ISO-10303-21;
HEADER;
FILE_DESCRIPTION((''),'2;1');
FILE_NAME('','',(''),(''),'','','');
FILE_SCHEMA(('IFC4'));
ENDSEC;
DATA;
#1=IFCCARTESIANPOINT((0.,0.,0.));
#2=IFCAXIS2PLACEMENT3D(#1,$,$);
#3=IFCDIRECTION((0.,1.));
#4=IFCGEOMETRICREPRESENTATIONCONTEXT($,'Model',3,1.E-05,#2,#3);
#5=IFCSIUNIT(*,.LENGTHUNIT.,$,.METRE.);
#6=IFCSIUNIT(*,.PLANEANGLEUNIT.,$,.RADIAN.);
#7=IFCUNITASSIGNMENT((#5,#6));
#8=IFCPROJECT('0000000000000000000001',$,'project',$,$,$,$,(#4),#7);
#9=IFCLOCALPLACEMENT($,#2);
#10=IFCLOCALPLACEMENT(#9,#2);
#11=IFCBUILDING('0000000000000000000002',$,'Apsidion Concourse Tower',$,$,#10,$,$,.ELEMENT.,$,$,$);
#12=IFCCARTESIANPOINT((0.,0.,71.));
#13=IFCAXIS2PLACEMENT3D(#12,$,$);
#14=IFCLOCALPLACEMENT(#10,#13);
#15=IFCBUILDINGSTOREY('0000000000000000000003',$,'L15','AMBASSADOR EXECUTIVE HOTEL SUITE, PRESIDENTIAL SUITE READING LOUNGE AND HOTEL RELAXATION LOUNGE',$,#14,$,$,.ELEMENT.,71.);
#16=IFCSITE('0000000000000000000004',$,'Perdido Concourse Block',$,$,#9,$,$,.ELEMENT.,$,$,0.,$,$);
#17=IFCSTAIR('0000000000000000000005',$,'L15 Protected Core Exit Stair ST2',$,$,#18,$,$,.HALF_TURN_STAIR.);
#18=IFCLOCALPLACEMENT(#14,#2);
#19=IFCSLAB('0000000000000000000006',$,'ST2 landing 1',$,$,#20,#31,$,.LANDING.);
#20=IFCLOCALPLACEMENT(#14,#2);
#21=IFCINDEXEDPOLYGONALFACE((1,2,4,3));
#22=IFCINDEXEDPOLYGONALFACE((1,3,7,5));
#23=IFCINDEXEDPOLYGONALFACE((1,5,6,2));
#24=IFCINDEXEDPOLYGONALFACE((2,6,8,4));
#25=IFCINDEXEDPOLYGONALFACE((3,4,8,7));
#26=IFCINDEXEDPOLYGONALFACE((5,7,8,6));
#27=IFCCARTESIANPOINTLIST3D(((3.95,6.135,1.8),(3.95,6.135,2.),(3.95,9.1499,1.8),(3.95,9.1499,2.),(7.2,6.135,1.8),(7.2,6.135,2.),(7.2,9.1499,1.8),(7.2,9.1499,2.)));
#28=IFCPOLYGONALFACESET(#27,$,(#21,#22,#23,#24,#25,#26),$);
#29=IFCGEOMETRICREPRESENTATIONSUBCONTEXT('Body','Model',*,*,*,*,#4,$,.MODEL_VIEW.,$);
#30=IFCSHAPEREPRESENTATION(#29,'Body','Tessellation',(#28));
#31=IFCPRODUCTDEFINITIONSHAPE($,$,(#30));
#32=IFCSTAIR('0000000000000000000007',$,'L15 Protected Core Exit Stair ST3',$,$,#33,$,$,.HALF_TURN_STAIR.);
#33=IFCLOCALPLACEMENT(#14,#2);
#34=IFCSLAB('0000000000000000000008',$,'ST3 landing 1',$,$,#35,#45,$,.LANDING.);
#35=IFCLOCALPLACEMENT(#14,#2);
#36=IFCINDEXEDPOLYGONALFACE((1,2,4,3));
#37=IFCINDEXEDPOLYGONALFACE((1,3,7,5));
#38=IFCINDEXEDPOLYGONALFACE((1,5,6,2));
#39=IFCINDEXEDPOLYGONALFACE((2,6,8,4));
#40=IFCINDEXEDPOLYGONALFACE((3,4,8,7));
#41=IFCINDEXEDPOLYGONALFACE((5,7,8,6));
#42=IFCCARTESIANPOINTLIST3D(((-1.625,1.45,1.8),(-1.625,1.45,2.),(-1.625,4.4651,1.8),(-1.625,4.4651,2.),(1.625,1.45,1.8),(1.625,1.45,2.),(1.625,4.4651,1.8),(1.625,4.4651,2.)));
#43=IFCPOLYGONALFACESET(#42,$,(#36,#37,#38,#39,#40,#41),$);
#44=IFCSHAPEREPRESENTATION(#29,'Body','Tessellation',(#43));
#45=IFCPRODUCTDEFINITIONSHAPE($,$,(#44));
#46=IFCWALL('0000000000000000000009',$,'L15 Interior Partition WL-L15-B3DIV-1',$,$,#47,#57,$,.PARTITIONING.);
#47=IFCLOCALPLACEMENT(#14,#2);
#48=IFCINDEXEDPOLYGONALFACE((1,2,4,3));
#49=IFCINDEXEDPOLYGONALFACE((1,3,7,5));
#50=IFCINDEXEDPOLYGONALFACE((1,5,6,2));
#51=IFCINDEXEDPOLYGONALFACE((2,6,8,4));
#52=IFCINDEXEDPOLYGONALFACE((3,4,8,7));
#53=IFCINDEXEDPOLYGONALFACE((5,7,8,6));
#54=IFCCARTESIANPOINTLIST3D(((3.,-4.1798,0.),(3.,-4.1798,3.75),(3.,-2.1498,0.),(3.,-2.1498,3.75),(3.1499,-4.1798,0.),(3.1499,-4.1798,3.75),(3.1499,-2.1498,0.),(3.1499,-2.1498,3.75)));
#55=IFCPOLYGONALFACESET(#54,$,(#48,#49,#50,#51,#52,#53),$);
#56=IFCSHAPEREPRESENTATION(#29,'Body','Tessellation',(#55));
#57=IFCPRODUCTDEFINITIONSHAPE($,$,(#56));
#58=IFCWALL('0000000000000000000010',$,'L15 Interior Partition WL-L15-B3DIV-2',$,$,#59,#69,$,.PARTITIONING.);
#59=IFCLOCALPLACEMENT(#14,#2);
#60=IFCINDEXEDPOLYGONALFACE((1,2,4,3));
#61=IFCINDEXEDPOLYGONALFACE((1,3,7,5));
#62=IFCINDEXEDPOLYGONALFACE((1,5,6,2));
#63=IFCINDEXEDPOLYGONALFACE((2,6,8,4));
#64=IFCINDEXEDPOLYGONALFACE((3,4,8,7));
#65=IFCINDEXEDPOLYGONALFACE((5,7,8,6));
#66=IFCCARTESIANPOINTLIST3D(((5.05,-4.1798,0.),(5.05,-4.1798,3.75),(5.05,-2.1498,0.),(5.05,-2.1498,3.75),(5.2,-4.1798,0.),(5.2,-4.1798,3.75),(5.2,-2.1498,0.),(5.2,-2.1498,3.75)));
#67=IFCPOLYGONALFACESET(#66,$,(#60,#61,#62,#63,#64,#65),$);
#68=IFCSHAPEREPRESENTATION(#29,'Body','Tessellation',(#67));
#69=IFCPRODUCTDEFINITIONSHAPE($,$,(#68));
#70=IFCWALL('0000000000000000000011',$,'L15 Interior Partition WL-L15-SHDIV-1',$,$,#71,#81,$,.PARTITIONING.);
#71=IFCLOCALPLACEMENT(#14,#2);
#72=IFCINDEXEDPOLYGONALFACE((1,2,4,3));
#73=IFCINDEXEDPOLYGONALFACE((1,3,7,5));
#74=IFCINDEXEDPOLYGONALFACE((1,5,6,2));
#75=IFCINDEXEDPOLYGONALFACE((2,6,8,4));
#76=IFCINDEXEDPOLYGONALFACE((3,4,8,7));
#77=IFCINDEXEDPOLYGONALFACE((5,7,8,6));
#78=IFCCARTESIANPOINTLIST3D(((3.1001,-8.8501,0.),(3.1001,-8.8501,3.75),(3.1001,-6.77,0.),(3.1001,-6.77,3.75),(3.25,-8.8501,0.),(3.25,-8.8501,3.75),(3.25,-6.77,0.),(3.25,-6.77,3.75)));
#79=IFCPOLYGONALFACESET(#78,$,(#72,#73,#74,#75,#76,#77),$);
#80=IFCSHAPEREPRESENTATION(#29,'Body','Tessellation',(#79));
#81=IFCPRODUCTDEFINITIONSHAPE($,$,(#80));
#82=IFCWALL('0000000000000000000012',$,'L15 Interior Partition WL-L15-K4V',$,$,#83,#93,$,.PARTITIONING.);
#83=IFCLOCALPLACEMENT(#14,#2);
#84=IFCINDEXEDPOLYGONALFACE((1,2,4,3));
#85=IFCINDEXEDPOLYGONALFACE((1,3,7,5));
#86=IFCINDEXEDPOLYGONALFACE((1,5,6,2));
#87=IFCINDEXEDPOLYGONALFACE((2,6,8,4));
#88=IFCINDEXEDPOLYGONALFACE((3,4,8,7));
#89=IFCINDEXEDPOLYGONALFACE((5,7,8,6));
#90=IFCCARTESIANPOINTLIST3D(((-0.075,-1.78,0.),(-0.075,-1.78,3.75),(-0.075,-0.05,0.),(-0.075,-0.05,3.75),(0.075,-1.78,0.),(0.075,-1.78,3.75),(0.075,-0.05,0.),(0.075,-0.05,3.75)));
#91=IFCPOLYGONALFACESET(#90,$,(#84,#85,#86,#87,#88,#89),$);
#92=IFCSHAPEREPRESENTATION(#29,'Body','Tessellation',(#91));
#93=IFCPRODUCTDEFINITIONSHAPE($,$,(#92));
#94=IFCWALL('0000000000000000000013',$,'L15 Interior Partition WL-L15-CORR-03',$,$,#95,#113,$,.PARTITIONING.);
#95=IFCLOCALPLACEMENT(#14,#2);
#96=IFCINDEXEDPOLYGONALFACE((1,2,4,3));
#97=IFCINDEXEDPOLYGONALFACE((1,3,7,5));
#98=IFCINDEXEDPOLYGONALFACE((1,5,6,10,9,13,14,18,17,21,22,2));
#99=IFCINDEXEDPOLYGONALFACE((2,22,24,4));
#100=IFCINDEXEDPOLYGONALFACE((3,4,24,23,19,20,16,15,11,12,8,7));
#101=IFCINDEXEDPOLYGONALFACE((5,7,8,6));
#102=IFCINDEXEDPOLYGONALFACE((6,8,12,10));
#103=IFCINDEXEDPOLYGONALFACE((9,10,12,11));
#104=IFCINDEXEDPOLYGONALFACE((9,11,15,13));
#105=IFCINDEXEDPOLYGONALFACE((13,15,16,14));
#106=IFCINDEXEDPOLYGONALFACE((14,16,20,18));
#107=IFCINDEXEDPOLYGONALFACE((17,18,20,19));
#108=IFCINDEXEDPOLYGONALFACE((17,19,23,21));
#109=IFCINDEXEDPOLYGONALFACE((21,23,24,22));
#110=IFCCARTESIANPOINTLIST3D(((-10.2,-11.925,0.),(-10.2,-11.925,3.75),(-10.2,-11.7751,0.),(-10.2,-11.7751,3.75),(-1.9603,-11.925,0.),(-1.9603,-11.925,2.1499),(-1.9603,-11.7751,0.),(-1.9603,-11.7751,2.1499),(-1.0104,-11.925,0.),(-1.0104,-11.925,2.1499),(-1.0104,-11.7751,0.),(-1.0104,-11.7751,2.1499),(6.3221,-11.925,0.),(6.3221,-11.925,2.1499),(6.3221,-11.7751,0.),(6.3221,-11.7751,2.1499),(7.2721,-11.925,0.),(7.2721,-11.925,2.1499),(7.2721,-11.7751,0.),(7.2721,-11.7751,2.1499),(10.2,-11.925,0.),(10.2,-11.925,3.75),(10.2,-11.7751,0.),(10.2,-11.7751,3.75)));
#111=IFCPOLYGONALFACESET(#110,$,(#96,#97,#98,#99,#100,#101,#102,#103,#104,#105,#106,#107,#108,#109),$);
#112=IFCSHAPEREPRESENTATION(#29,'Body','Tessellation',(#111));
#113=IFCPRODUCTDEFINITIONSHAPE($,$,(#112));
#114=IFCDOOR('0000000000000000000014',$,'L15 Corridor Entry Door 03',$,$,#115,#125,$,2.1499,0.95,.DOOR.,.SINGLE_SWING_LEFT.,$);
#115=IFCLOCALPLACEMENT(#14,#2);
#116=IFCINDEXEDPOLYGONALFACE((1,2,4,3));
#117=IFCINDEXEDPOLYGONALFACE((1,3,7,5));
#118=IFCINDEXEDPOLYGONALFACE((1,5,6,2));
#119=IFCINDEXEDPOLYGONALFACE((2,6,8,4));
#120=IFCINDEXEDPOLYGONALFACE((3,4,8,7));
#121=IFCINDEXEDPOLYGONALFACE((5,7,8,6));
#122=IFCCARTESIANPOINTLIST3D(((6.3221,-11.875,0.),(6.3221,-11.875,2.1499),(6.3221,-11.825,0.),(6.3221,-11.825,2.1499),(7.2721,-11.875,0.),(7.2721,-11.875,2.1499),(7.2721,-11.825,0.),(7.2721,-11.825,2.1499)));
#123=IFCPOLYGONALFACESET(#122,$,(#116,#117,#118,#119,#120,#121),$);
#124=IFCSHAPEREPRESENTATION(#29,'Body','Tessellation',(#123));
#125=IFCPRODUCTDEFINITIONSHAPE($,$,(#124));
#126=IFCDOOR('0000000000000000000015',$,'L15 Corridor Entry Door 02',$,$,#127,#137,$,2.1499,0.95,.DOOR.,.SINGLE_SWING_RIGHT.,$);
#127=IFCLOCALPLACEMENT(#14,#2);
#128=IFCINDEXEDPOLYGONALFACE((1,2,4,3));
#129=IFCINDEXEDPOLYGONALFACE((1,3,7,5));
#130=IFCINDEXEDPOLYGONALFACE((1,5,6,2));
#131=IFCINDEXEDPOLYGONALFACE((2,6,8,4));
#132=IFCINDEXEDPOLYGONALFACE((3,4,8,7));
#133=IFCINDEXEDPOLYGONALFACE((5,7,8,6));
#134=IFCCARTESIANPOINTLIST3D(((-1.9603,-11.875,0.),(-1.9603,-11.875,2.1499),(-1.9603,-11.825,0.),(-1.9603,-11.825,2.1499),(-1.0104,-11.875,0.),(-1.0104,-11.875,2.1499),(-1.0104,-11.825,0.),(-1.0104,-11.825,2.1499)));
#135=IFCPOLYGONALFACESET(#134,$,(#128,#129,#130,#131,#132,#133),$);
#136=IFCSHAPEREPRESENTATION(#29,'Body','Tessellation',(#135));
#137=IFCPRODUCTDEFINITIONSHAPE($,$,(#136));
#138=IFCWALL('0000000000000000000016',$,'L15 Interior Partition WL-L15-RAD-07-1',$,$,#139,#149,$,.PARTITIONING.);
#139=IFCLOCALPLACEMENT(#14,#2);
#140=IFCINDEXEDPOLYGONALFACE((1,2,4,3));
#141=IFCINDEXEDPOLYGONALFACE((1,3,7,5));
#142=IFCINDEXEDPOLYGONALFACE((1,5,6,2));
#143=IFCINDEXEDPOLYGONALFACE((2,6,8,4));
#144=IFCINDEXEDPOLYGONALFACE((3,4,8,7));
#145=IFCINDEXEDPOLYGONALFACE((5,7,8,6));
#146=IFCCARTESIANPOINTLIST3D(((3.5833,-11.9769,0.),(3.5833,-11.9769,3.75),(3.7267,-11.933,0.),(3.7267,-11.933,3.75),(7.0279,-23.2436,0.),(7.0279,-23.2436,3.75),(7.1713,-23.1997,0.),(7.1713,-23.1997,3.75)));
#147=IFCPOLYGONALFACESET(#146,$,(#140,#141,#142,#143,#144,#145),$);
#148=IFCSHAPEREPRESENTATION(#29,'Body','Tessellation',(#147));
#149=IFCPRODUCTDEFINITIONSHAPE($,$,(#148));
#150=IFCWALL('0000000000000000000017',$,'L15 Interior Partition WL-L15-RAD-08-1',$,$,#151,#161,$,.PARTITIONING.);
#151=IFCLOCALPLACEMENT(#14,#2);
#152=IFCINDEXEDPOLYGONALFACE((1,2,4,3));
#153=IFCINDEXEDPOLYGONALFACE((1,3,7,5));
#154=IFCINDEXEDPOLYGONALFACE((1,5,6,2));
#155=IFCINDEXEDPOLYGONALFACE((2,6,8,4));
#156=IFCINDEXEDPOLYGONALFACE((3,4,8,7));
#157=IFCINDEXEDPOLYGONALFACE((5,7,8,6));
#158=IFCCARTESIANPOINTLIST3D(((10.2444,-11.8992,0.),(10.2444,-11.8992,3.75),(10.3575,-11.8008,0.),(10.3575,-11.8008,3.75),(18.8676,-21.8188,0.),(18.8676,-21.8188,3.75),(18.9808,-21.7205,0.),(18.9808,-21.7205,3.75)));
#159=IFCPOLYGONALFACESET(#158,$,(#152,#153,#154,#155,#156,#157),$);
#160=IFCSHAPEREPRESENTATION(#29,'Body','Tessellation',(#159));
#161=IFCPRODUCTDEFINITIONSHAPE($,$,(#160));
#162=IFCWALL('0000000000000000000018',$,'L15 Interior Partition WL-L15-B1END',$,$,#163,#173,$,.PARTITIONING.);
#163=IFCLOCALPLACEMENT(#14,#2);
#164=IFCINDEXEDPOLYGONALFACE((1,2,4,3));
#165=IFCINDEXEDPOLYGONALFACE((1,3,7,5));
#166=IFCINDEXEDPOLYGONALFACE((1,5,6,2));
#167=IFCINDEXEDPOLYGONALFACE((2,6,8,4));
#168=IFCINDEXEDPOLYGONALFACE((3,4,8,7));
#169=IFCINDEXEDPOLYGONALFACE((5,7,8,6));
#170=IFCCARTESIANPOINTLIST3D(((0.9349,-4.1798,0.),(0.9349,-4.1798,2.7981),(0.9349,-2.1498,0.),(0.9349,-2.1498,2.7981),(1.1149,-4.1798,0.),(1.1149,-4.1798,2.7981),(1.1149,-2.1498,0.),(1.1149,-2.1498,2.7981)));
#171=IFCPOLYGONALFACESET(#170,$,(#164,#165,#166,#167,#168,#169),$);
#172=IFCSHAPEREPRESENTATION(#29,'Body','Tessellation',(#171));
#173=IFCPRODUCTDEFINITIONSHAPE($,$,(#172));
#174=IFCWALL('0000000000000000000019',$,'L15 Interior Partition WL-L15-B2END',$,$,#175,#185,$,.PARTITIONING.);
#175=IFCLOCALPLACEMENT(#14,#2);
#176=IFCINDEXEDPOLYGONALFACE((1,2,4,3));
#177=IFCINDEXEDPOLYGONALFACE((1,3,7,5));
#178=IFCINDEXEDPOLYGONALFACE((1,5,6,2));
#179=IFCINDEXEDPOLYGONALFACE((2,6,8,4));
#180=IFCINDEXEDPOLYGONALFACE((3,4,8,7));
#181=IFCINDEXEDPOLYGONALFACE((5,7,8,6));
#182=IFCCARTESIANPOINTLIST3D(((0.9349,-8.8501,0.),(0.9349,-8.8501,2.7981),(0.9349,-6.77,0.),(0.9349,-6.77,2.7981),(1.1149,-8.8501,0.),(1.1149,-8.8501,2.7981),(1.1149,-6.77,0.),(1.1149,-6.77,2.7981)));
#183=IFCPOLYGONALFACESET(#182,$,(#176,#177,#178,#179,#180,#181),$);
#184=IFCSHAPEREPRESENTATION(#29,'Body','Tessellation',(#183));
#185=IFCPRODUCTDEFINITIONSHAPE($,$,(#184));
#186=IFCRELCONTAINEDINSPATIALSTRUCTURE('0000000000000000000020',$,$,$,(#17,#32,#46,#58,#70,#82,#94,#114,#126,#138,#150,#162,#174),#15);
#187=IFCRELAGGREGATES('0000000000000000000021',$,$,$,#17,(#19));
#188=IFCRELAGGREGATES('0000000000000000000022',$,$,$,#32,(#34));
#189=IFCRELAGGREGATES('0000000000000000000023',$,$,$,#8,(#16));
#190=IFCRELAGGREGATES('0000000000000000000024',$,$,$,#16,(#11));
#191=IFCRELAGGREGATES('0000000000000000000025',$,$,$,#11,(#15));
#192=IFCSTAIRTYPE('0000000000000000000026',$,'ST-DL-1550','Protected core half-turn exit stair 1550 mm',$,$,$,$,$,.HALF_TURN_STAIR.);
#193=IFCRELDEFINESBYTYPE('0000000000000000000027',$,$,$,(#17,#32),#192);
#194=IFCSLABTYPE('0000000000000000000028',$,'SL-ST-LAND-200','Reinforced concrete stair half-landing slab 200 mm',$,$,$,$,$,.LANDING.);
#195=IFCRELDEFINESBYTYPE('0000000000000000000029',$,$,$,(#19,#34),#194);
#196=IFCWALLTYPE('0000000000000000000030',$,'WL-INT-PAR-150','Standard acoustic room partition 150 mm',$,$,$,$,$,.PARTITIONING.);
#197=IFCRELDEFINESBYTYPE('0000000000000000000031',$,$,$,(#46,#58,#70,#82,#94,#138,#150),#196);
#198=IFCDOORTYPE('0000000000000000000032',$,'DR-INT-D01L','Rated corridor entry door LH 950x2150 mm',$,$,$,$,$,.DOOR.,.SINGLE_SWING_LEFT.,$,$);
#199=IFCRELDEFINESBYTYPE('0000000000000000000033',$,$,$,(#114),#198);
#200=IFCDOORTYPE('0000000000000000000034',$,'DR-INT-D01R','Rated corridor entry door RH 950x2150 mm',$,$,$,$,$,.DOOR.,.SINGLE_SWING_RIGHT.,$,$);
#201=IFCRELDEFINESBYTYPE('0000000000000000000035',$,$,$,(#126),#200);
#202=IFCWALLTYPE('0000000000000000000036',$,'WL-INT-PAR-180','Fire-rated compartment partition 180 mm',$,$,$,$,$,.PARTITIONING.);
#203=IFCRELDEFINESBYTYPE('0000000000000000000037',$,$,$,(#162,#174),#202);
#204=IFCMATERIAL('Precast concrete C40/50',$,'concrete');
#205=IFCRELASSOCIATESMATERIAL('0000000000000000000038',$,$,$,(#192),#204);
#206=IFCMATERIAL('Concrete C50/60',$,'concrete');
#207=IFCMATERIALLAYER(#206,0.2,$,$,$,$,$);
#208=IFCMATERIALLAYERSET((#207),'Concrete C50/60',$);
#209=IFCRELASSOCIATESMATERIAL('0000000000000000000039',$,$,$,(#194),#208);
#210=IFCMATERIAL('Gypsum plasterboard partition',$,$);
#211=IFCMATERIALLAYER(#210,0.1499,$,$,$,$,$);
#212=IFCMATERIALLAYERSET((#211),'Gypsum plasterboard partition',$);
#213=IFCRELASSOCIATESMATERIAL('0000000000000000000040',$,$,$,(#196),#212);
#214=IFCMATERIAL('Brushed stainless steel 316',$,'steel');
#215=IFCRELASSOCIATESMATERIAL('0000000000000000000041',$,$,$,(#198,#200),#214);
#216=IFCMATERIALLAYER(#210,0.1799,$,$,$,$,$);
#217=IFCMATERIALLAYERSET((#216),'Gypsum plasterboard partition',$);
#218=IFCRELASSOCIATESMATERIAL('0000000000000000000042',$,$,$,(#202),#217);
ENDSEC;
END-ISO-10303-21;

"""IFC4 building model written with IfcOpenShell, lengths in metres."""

from ifc_helpers import new_model, si_unit, direction, frame, frame_2d, origin, place, context, subcontext, project, spatial, polyline, rectangle, outline, extrude, material, layer, layer_set, type_object, element, fill, aggregate, save


model = new_model("IFC4")

# Units and contexts
model_context = context("Model", 3, precision=1e-05, world=origin(), true_north=direction((0.0, 1.0)))
body_context = subcontext(model_context, "Body", "Model", "MODEL_VIEW")
ifc_project = project(units=[si_unit("LENGTHUNIT", "METRE"), si_unit("PLANEANGLEUNIT", "RADIAN")], contexts=[model_context])

# Site, building, storey
site_placement = place(None, origin())
site = spatial("IfcSite", under=ifc_project, at=site_placement, Name="Perdido Concourse Block", CompositionType="ELEMENT", RefElevation=0.0)
building_placement = place(site_placement, origin())
building = spatial("IfcBuilding", under=site, at=building_placement, Name="Apsidion Concourse Tower", CompositionType="ELEMENT")
storey_placement = place(building_placement, frame((0.0, 0.0, 71.0)))
storey = spatial("IfcBuildingStorey", under=building, at=storey_placement, Name="L15", Description="AMBASSADOR EXECUTIVE HOTEL SUITE, PRESIDENTIAL SUITE READING LOUNGE AND HOTEL RELAXATION LOUNGE", CompositionType="ELEMENT", Elevation=71.0)

# Shared definitions
ifc_material_1 = material(Name="Concrete C50/60", Category="concrete")

# Stairs, slabs
ifc_material_2 = material(Name="Precast concrete C40/50", Category="concrete")
stair_type = type_object("IfcStairType", Name="ST-DL-1550", Description="Protected core half-turn exit stair 1550 mm", PredefinedType="HALF_TURN_STAIR", material=ifc_material_2)
ifc_layer_1 = layer(ifc_material_1, 0.2)
ifc_layer_set_1 = layer_set([ifc_layer_1], Name="Concrete C50/60")
slab_type_1 = type_object("IfcSlabType", Name="SL-ST-LAND-200", Description="Reinforced concrete stair half-landing slab 200 mm", PredefinedType="LANDING", material=ifc_layer_set_1)
stair_1_placement = place(storey_placement, origin())
stair_1 = element("IfcStair", 1, at=stair_1_placement, inside=storey, type_object=stair_type, Name="L15 Protected Core Exit Stair ST2", PredefinedType="HALF_TURN_STAIR")
slab_1_placement = place(storey_placement, frame((0.0, 0.0, 1.8)))
slab_1 = element("IfcSlab", 2, at=slab_1_placement, type_object=slab_type_1, Name="ST2 landing 1", PredefinedType="LANDING", context=body_context, shape_type="SweptSolid", body=[
    extrude(outline(polyline([(7.2, 6.135), (7.2, 9.1499), (3.95, 9.1499), (3.95, 6.135), (7.2, 6.135)])), origin(), (0.0, 0.0, 1.0), 0.2),
])
aggregate(stair_1, [slab_1])
stair_2_placement = place(storey_placement, origin())
stair_2 = element("IfcStair", 3, at=stair_2_placement, inside=storey, type_object=stair_type, Name="L15 Protected Core Exit Stair ST3", PredefinedType="HALF_TURN_STAIR")
slab_2_placement = place(storey_placement, frame((0.0, 0.0, 1.8)))
slab_2 = element("IfcSlab", 4, at=slab_2_placement, type_object=slab_type_1, Name="ST3 landing 1", PredefinedType="LANDING", context=body_context, shape_type="SweptSolid", body=[
    extrude(outline(polyline([(-1.625, 4.4651), (-1.625, 1.45), (1.625, 1.45), (1.625, 4.4651), (-1.625, 4.4651)])), origin(), (0.0, 0.0, 1.0), 0.2),
])
aggregate(stair_2, [slab_2])

# Walls
ifc_material_3 = material(Name="Gypsum plasterboard partition")
ifc_layer_2 = layer(ifc_material_3, 0.1499)
ifc_layer_set_2 = layer_set([ifc_layer_2], Name="Gypsum plasterboard partition")
wall_type_1 = type_object("IfcWallType", Name="WL-INT-PAR-150", Description="Standard acoustic room partition 150 mm", PredefinedType="PARTITIONING", material=ifc_layer_set_2)
for number, where, z_axis, x_axis, name in (
    (5, (3.075, -4.1799, 0.0), (0.0, 0.0, 1.0), (0.0, 1.0, 0.0), "L15 Interior Partition WL-L15-B3DIV-1"),
    (6, (5.125, -4.1799, 0.0), (0.0, 0.0, 1.0), (0.0, 1.0, 0.0), "L15 Interior Partition WL-L15-B3DIV-2"),
):
    element("IfcWall", number, at=place(storey_placement, frame(where, z_axis=z_axis, x_axis=x_axis)), inside=storey, type_object=wall_type_1, Name=name, PredefinedType="PARTITIONING", context=body_context, shape_type="SweptSolid", body=[
        extrude(rectangle(XDim=2.03, YDim=0.1499, at=frame_2d((1.0151, 0.0))), origin(), (0.0, 0.0, 1.0), 3.75),
    ])
wall_1_placement = place(storey_placement, frame((3.175, -8.8501, 0.0), z_axis=(0.0, 0.0, 1.0), x_axis=(0.0, 1.0, 0.0)))
element("IfcWall", 7, at=wall_1_placement, inside=storey, type_object=wall_type_1, Name="L15 Interior Partition WL-L15-SHDIV-1", PredefinedType="PARTITIONING", context=body_context, shape_type="SweptSolid", body=[
    extrude(rectangle(XDim=2.0801, YDim=0.1499, at=frame_2d((1.04, 0.0))), origin(), (0.0, 0.0, 1.0), 3.75),
])
wall_2_placement = place(storey_placement, frame((0.0, -1.78, 0.0), z_axis=(0.0, 0.0, 1.0), x_axis=(0.0, 1.0, 0.0)))
element("IfcWall", 8, at=wall_2_placement, inside=storey, type_object=wall_type_1, Name="L15 Interior Partition WL-L15-K4V", PredefinedType="PARTITIONING", context=body_context, shape_type="SweptSolid", body=[
    extrude(rectangle(XDim=1.73, YDim=0.1499, at=frame_2d((0.865, 0.0))), origin(), (0.0, 0.0, 1.0), 3.75),
])

# Wall, openings, doors
wall_3_placement = place(storey_placement, frame((10.2, -11.8501, 0.0), z_axis=(0.0, 0.0, 1.0), x_axis=(-1.0, 0.0, 0.0)))
wall_3 = element("IfcWall", 9, at=wall_3_placement, inside=storey, type_object=wall_type_1, Name="L15 Interior Partition WL-L15-CORR-03", PredefinedType="PARTITIONING", context=body_context, shape_type="SweptSolid", body=[
    extrude(rectangle(XDim=20.3999, YDim=0.1499, at=frame_2d((10.2, 0.0))), origin(), (0.0, 0.0, 1.0), 3.75),
])
opening_1_placement = place(wall_3_placement, frame((11.2102, 0.0, 0.0)))
opening_1 = element("IfcOpeningElement", 10, at=opening_1_placement, cuts=wall_3, PredefinedType="OPENING", context=body_context, shape_type="SweptSolid", body=[
    extrude(rectangle(XDim=0.95, YDim=2.1499, at=frame_2d((0.4751, 1.075))), frame((0.0, 0.085, 0.0), z_axis=(0.0, -1.0, 0.0), x_axis=(1.0, 0.0, 0.0)), (0.0, 0.0, 1.0), 0.1699),
])
opening_2_placement = place(wall_3_placement, frame((2.9277, 0.0, 0.0)))
opening_2 = element("IfcOpeningElement", 11, at=opening_2_placement, cuts=wall_3, PredefinedType="OPENING", context=body_context, shape_type="SweptSolid", body=[
    extrude(rectangle(XDim=0.95, YDim=2.1499, at=frame_2d((0.4751, 1.075))), frame((0.0, 0.085, 0.0), z_axis=(0.0, -1.0, 0.0), x_axis=(1.0, 0.0, 0.0)), (0.0, 0.0, 1.0), 0.1699),
])
ifc_material_4 = material(Name="Brushed stainless steel 316", Category="steel")
door_type_1 = type_object("IfcDoorType", Name="DR-INT-D01L", Description="Rated corridor entry door LH 950x2150 mm", OperationType="SINGLE_SWING_LEFT", PredefinedType="DOOR", material=ifc_material_4)
door_1_placement = place(opening_2_placement, origin())
door_1 = element("IfcDoor", 12, at=door_1_placement, inside=storey, type_object=door_type_1, Name="L15 Corridor Entry Door 03", OperationType="SINGLE_SWING_LEFT", OverallHeight=2.1499, OverallWidth=0.95, PredefinedType="DOOR", context=body_context, shape_type="SweptSolid", body=[
    extrude(rectangle(XDim=0.95, YDim=2.1499, at=frame_2d((0.4751, 1.075))), frame((0.0, 0.0249, 0.0), z_axis=(0.0, -1.0, 0.0), x_axis=(1.0, 0.0, 0.0)), (0.0, 0.0, 1.0), 0.05),
])
fill(opening_2, door_1)
door_type_2 = type_object("IfcDoorType", Name="DR-INT-D01R", Description="Rated corridor entry door RH 950x2150 mm", OperationType="SINGLE_SWING_RIGHT", PredefinedType="DOOR", material=ifc_material_4)
door_2_placement = place(opening_1_placement, origin())
door_2 = element("IfcDoor", 13, at=door_2_placement, inside=storey, type_object=door_type_2, Name="L15 Corridor Entry Door 02", OperationType="SINGLE_SWING_RIGHT", OverallHeight=2.1499, OverallWidth=0.95, PredefinedType="DOOR", context=body_context, shape_type="SweptSolid", body=[
    extrude(rectangle(XDim=0.95, YDim=2.1499, at=frame_2d((0.4751, 1.075))), frame((0.0, 0.0249, 0.0), z_axis=(0.0, -1.0, 0.0), x_axis=(1.0, 0.0, 0.0)), (0.0, 0.0, 1.0), 0.05),
])
fill(opening_1, door_2)

# Walls
wall_4_placement = place(storey_placement, frame((3.655, -11.9551, 0.0), z_axis=(0.0, 0.0, 1.0), x_axis=(0.292374, -0.956304, 0.0)))
element("IfcWall", 14, at=wall_4_placement, inside=storey, type_object=wall_type_1, Name="L15 Interior Partition WL-L15-RAD-07-1", PredefinedType="PARTITIONING", context=body_context, shape_type="SweptSolid", body=[
    extrude(rectangle(XDim=11.7815, YDim=0.1499, at=frame_2d((5.8906, 0.0))), origin(), (0.0, 0.0, 1.0), 3.75),
])
wall_5_placement = place(storey_placement, frame((10.301, -11.8501, 0.0), z_axis=(0.0, 0.0, 1.0), x_axis=(0.65607, -0.7547, 0.0)))
element("IfcWall", 15, at=wall_5_placement, inside=storey, type_object=wall_type_1, Name="L15 Interior Partition WL-L15-RAD-08-1", PredefinedType="PARTITIONING", context=body_context, shape_type="SweptSolid", body=[
    extrude(rectangle(XDim=13.1438, YDim=0.1499, at=frame_2d((6.5718, 0.0))), origin(), (0.0, 0.0, 1.0), 3.75),
])
ifc_layer_3 = layer(ifc_material_3, 0.1799)
ifc_layer_set_3 = layer_set([ifc_layer_3], Name="Gypsum plasterboard partition")
wall_type_2 = type_object("IfcWallType", Name="WL-INT-PAR-180", Description="Fire-rated compartment partition 180 mm", PredefinedType="PARTITIONING", material=ifc_layer_set_3)
wall_6_placement = place(storey_placement, frame((1.0249, -4.1799, 0.0), z_axis=(0.0, 0.0, 1.0), x_axis=(0.0, 1.0, 0.0)))
element("IfcWall", 16, at=wall_6_placement, inside=storey, type_object=wall_type_2, Name="L15 Interior Partition WL-L15-B1END", PredefinedType="PARTITIONING", context=body_context, shape_type="SweptSolid", body=[
    extrude(rectangle(XDim=2.03, YDim=0.1799, at=frame_2d((1.0151, 0.0))), origin(), (0.0, 0.0, 1.0), 2.7981),
])
wall_7_placement = place(storey_placement, frame((1.0249, -8.8501, 0.0), z_axis=(0.0, 0.0, 1.0), x_axis=(0.0, 1.0, 0.0)))
element("IfcWall", 17, at=wall_7_placement, inside=storey, type_object=wall_type_2, Name="L15 Interior Partition WL-L15-B2END", PredefinedType="PARTITIONING", context=body_context, shape_type="SweptSolid", body=[
    extrude(rectangle(XDim=2.0801, YDim=0.1799, at=frame_2d((1.04, 0.0))), origin(), (0.0, 0.0, 1.0), 2.7981),
])

save(model, "model.ifc")
